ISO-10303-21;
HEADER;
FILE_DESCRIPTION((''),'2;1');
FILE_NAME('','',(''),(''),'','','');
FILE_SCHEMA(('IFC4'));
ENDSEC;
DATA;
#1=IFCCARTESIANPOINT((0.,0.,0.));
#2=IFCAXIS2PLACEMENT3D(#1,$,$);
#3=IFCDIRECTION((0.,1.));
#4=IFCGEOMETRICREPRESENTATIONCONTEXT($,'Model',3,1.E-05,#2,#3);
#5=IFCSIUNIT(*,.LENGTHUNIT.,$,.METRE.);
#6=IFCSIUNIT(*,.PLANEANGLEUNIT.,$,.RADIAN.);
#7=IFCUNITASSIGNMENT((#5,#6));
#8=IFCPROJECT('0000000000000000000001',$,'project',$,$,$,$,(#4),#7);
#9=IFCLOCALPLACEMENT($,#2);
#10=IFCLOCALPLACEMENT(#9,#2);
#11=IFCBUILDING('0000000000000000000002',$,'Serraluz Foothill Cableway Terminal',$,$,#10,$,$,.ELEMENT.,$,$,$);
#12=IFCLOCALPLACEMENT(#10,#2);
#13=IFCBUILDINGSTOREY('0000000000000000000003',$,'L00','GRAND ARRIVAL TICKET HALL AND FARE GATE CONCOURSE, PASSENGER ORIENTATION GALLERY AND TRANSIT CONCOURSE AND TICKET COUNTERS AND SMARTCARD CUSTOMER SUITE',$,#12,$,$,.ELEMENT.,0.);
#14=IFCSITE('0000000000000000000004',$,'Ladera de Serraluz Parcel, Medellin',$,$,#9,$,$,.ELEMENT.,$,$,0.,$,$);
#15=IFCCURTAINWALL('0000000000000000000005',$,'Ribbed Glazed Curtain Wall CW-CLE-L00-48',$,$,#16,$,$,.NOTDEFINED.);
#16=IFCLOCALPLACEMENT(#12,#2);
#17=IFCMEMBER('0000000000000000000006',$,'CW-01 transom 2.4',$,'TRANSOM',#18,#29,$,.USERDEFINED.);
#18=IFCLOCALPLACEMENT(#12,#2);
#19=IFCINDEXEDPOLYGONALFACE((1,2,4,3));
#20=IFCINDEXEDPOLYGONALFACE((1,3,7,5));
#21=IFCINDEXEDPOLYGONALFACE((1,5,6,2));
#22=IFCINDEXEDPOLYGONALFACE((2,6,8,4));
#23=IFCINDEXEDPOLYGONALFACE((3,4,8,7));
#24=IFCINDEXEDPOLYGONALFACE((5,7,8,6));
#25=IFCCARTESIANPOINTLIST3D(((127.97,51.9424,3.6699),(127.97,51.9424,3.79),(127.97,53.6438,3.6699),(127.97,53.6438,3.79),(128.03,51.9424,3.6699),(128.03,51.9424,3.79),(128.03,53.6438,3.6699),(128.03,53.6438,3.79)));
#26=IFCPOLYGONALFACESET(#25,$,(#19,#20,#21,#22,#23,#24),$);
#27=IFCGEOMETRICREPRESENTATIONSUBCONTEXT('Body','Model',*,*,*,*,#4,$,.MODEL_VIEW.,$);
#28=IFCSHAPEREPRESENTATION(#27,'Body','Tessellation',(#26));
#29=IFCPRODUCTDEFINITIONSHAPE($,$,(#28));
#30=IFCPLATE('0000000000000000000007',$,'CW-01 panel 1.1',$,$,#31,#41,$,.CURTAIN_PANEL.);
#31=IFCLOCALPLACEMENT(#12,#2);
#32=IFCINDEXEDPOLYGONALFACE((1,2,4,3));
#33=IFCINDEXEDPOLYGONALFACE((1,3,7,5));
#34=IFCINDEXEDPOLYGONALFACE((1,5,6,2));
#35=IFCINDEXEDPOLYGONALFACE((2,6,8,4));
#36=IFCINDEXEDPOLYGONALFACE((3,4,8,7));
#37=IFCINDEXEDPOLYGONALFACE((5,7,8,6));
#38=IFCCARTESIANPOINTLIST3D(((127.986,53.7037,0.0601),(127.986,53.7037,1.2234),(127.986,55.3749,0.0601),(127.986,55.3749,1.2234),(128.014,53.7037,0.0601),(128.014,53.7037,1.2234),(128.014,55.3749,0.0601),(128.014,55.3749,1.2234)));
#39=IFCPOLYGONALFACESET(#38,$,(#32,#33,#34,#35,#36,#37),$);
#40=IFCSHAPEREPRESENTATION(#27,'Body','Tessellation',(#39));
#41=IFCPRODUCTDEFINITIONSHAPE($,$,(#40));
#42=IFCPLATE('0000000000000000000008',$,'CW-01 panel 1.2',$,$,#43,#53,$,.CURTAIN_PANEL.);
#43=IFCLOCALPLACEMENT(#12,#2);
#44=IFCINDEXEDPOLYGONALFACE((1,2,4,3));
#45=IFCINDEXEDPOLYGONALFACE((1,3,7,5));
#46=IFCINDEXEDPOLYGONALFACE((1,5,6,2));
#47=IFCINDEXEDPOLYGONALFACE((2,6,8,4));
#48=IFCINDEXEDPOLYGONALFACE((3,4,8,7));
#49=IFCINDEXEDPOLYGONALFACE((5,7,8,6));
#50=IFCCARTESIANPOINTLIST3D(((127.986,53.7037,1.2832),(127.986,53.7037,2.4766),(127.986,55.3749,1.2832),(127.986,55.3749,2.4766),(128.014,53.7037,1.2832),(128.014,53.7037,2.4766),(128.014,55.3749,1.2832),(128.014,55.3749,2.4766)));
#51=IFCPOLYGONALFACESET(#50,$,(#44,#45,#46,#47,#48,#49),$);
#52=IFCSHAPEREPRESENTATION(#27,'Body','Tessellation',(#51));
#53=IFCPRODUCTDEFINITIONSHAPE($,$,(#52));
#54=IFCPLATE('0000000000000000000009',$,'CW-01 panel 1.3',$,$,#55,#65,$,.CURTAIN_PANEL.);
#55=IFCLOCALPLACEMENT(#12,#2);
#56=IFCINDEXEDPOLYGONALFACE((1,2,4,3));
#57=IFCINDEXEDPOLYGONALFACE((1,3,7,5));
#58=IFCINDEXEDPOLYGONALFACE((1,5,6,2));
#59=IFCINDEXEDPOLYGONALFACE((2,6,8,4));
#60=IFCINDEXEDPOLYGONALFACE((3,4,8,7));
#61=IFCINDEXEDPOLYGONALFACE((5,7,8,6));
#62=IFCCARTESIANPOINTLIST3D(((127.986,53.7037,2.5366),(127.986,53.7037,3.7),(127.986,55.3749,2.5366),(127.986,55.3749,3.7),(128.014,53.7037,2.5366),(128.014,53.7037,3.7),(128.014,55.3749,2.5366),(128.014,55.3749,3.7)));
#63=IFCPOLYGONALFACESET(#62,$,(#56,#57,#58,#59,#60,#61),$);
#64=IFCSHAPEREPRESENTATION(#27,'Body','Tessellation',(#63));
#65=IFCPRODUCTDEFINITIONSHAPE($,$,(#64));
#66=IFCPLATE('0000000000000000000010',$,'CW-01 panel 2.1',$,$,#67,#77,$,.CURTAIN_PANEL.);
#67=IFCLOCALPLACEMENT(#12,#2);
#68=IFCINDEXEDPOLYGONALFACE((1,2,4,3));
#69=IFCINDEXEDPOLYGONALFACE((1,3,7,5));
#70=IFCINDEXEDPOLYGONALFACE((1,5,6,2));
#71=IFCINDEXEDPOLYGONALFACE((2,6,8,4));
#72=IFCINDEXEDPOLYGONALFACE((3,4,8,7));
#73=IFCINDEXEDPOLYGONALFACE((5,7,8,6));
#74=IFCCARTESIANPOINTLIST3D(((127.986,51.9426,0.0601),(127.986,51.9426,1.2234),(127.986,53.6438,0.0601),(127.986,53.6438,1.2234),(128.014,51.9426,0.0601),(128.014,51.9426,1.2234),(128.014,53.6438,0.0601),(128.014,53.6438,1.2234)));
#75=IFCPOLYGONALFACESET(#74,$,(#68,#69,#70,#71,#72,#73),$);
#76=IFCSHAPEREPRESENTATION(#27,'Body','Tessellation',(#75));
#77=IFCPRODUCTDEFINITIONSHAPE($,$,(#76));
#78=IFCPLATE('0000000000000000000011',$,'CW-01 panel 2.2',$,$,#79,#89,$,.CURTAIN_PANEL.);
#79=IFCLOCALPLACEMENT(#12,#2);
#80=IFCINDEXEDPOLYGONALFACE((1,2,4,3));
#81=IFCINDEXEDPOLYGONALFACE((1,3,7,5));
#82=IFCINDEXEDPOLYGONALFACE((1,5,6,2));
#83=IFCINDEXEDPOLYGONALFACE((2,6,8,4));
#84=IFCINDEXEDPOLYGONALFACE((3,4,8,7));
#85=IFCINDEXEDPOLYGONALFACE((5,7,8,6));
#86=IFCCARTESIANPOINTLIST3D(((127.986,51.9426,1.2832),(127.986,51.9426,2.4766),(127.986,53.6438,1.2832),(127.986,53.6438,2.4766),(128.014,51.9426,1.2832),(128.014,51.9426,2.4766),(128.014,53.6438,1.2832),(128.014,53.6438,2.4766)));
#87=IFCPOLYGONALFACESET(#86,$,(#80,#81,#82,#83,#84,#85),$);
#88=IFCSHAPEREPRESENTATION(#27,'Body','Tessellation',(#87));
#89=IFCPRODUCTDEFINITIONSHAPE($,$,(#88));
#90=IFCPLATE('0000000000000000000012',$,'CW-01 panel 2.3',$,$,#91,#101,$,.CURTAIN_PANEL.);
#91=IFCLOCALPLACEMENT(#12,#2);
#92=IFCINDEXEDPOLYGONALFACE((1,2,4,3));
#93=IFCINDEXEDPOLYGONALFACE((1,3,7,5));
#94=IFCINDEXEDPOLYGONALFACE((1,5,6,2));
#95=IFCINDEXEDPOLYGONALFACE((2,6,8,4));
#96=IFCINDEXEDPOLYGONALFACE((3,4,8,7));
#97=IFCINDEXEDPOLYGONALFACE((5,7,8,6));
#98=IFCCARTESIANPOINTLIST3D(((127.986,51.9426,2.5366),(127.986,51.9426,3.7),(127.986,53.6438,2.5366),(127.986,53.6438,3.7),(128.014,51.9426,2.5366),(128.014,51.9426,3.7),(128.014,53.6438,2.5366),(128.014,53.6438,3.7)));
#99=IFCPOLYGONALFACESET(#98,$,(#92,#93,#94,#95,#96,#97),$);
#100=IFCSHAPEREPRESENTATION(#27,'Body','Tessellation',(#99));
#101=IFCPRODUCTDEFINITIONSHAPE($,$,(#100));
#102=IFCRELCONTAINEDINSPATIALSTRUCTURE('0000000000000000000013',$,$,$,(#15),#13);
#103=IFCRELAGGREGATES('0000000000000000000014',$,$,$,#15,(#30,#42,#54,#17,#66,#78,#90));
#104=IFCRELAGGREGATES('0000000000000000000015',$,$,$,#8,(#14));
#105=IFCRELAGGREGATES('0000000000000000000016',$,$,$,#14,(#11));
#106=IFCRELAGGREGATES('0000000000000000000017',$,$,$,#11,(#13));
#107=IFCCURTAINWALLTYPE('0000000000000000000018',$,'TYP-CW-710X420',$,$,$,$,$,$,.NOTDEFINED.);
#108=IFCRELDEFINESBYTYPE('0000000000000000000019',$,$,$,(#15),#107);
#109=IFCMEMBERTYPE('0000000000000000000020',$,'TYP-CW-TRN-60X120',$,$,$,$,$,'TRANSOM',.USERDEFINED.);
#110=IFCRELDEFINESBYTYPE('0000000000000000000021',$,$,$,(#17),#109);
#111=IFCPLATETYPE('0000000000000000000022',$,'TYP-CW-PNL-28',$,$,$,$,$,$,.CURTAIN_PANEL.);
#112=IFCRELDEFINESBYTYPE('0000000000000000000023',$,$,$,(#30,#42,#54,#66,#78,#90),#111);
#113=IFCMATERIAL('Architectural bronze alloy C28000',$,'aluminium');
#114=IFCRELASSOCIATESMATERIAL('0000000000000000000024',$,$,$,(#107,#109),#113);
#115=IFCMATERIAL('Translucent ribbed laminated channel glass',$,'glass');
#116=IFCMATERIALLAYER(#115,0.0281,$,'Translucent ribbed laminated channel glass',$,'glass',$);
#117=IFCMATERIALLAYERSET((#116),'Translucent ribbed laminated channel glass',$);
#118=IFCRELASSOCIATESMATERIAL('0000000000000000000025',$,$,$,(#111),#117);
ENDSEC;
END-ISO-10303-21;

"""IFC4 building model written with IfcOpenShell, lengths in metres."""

from ifc_helpers import new_model, si_unit, direction, frame, origin, origin_2d, place, context, subcontext, project, spatial, rectangle, extrude, material, layer, layer_set, material_profile, profile_set, type_object, element, aggregate, save


model = new_model("IFC4")

# Units and contexts
model_context = context("Model", 3, precision=1e-05, world=origin(), true_north=direction((0.0, 1.0)))
body_context = subcontext(model_context, "Body", "Model", "MODEL_VIEW")
ifc_project = project(units=[si_unit("LENGTHUNIT", "METRE"), si_unit("PLANEANGLEUNIT", "RADIAN")], contexts=[model_context])

# Site, building, storey
site_placement = place(None, origin())
site = spatial("IfcSite", under=ifc_project, at=site_placement, Name="Ladera de Serraluz Parcel, Medellin", CompositionType="ELEMENT", RefElevation=0.0)
building_placement = place(site_placement, origin())
building = spatial("IfcBuilding", under=site, at=building_placement, Name="Serraluz Foothill Cableway Terminal", CompositionType="ELEMENT")
storey_placement = place(building_placement, origin())
storey = spatial("IfcBuildingStorey", under=building, at=storey_placement, Name="L00", Description="GRAND ARRIVAL TICKET HALL AND FARE GATE CONCOURSE, PASSENGER ORIENTATION GALLERY AND TRANSIT CONCOURSE AND TICKET COUNTERS AND SMARTCARD CUSTOMER SUITE", CompositionType="ELEMENT", Elevation=0.0)

# Curtain wall, member, plates
ifc_material_1 = material(Name="Architectural bronze alloy C28000", Category="aluminium")
curtain_wall_type = type_object("IfcCurtainWallType", Name="TYP-CW-710X420", PredefinedType="NOTDEFINED", material=ifc_material_1)
curtain_wall_placement = place(storey_placement, origin())
curtain_wall = element("IfcCurtainWall", 1, at=curtain_wall_placement, inside=storey, type_object=curtain_wall_type, Name="Ribbed Glazed Curtain Wall CW-CLE-L00-48", PredefinedType="NOTDEFINED")
ifc_material_profile_1 = material_profile(ifc_material_1, rectangle(XDim=0.0601, YDim=0.1201, at=origin_2d()), Name="ALU TRANSOM 60x120")
ifc_profile_set_1 = profile_set([ifc_material_profile_1], Name="Architectural bronze alloy C28000")
member_type_1 = type_object("IfcMemberType", Name="TYP-CW-TRN-60X120", ElementType="TRANSOM", PredefinedType="USERDEFINED", material=ifc_profile_set_1)
member_1_placement = place(storey_placement, frame((128.0, 53.6438, 3.73), z_axis=(0.0, -1.0, 0.0), x_axis=(1.0, 0.0, 0.0)))
member_1 = element("IfcMember", 2, at=member_1_placement, type_object=member_type_1, Name="CW-01 transom 2.4", ObjectType="TRANSOM", PredefinedType="USERDEFINED", context=body_context, shape_type="SweptSolid", body=[
    extrude(rectangle(XDim=0.0601, YDim=0.1201, at=origin_2d()), origin(), (0.0, 0.0, 1.0), 1.7014),
])
ifc_material_2 = material(Name="Translucent ribbed laminated channel glass", Category="glass")
ifc_layer_1 = layer(ifc_material_2, 0.0281, Name="Translucent ribbed laminated channel glass", Category="glass")
ifc_layer_set_1 = layer_set([ifc_layer_1], Name="Translucent ribbed laminated channel glass")
plate_type = type_object("IfcPlateType", Name="TYP-CW-PNL-28", PredefinedType="CURTAIN_PANEL", material=ifc_layer_set_1)
plate_1_placement = place(storey_placement, frame((128.0, 54.5393, 0.0601), z_axis=(0.0, 0.0, 1.0), x_axis=(0.0, -1.0, 0.0)))
plate_1 = element("IfcPlate", 3, at=plate_1_placement, type_object=plate_type, Name="CW-01 panel 1.1", PredefinedType="CURTAIN_PANEL", context=body_context, shape_type="SweptSolid", body=[
    extrude(rectangle(XDim=1.6711, YDim=0.0281, at=origin_2d()), origin(), (0.0, 0.0, 1.0), 1.1633),
])
plate_2_placement = place(storey_placement, frame((128.0, 54.5393, 1.2832), z_axis=(0.0, 0.0, 1.0), x_axis=(0.0, -1.0, 0.0)))
plate_2 = element("IfcPlate", 4, at=plate_2_placement, type_object=plate_type, Name="CW-01 panel 1.2", PredefinedType="CURTAIN_PANEL", context=body_context, shape_type="SweptSolid", body=[
    extrude(rectangle(XDim=1.6711, YDim=0.0281, at=origin_2d()), origin(), (0.0, 0.0, 1.0), 1.1934),
])
plate_3_placement = place(storey_placement, frame((128.0, 54.5393, 2.5366), z_axis=(0.0, 0.0, 1.0), x_axis=(0.0, -1.0, 0.0)))
plate_3 = element("IfcPlate", 5, at=plate_3_placement, type_object=plate_type, Name="CW-01 panel 1.3", PredefinedType="CURTAIN_PANEL", context=body_context, shape_type="SweptSolid", body=[
    extrude(rectangle(XDim=1.6711, YDim=0.0281, at=origin_2d()), origin(), (0.0, 0.0, 1.0), 1.1633),
])
plate_4_placement = place(storey_placement, frame((128.0, 52.7932, 0.0601), z_axis=(0.0, 0.0, 1.0), x_axis=(0.0, -1.0, 0.0)))
plate_4 = element("IfcPlate", 6, at=plate_4_placement, type_object=plate_type, Name="CW-01 panel 2.1", PredefinedType="CURTAIN_PANEL", context=body_context, shape_type="SweptSolid", body=[
    extrude(rectangle(XDim=1.7012, YDim=0.0281, at=origin_2d()), origin(), (0.0, 0.0, 1.0), 1.1633),
])
plate_5_placement = place(storey_placement, frame((128.0, 52.7932, 1.2832), z_axis=(0.0, 0.0, 1.0), x_axis=(0.0, -1.0, 0.0)))
plate_5 = element("IfcPlate", 7, at=plate_5_placement, type_object=plate_type, Name="CW-01 panel 2.2", PredefinedType="CURTAIN_PANEL", context=body_context, shape_type="SweptSolid", body=[
    extrude(rectangle(XDim=1.7012, YDim=0.0281, at=origin_2d()), origin(), (0.0, 0.0, 1.0), 1.1934),
])
plate_6_placement = place(storey_placement, frame((128.0, 52.7932, 2.5366), z_axis=(0.0, 0.0, 1.0), x_axis=(0.0, -1.0, 0.0)))
plate_6 = element("IfcPlate", 8, at=plate_6_placement, type_object=plate_type, Name="CW-01 panel 2.3", PredefinedType="CURTAIN_PANEL", context=body_context, shape_type="SweptSolid", body=[
    extrude(rectangle(XDim=1.7012, YDim=0.0281, at=origin_2d()), origin(), (0.0, 0.0, 1.0), 1.1633),
])
aggregate(curtain_wall, [plate_1, plate_2, plate_3, member_1, plate_4, plate_5, plate_6])

save(model, "model.ifc")
